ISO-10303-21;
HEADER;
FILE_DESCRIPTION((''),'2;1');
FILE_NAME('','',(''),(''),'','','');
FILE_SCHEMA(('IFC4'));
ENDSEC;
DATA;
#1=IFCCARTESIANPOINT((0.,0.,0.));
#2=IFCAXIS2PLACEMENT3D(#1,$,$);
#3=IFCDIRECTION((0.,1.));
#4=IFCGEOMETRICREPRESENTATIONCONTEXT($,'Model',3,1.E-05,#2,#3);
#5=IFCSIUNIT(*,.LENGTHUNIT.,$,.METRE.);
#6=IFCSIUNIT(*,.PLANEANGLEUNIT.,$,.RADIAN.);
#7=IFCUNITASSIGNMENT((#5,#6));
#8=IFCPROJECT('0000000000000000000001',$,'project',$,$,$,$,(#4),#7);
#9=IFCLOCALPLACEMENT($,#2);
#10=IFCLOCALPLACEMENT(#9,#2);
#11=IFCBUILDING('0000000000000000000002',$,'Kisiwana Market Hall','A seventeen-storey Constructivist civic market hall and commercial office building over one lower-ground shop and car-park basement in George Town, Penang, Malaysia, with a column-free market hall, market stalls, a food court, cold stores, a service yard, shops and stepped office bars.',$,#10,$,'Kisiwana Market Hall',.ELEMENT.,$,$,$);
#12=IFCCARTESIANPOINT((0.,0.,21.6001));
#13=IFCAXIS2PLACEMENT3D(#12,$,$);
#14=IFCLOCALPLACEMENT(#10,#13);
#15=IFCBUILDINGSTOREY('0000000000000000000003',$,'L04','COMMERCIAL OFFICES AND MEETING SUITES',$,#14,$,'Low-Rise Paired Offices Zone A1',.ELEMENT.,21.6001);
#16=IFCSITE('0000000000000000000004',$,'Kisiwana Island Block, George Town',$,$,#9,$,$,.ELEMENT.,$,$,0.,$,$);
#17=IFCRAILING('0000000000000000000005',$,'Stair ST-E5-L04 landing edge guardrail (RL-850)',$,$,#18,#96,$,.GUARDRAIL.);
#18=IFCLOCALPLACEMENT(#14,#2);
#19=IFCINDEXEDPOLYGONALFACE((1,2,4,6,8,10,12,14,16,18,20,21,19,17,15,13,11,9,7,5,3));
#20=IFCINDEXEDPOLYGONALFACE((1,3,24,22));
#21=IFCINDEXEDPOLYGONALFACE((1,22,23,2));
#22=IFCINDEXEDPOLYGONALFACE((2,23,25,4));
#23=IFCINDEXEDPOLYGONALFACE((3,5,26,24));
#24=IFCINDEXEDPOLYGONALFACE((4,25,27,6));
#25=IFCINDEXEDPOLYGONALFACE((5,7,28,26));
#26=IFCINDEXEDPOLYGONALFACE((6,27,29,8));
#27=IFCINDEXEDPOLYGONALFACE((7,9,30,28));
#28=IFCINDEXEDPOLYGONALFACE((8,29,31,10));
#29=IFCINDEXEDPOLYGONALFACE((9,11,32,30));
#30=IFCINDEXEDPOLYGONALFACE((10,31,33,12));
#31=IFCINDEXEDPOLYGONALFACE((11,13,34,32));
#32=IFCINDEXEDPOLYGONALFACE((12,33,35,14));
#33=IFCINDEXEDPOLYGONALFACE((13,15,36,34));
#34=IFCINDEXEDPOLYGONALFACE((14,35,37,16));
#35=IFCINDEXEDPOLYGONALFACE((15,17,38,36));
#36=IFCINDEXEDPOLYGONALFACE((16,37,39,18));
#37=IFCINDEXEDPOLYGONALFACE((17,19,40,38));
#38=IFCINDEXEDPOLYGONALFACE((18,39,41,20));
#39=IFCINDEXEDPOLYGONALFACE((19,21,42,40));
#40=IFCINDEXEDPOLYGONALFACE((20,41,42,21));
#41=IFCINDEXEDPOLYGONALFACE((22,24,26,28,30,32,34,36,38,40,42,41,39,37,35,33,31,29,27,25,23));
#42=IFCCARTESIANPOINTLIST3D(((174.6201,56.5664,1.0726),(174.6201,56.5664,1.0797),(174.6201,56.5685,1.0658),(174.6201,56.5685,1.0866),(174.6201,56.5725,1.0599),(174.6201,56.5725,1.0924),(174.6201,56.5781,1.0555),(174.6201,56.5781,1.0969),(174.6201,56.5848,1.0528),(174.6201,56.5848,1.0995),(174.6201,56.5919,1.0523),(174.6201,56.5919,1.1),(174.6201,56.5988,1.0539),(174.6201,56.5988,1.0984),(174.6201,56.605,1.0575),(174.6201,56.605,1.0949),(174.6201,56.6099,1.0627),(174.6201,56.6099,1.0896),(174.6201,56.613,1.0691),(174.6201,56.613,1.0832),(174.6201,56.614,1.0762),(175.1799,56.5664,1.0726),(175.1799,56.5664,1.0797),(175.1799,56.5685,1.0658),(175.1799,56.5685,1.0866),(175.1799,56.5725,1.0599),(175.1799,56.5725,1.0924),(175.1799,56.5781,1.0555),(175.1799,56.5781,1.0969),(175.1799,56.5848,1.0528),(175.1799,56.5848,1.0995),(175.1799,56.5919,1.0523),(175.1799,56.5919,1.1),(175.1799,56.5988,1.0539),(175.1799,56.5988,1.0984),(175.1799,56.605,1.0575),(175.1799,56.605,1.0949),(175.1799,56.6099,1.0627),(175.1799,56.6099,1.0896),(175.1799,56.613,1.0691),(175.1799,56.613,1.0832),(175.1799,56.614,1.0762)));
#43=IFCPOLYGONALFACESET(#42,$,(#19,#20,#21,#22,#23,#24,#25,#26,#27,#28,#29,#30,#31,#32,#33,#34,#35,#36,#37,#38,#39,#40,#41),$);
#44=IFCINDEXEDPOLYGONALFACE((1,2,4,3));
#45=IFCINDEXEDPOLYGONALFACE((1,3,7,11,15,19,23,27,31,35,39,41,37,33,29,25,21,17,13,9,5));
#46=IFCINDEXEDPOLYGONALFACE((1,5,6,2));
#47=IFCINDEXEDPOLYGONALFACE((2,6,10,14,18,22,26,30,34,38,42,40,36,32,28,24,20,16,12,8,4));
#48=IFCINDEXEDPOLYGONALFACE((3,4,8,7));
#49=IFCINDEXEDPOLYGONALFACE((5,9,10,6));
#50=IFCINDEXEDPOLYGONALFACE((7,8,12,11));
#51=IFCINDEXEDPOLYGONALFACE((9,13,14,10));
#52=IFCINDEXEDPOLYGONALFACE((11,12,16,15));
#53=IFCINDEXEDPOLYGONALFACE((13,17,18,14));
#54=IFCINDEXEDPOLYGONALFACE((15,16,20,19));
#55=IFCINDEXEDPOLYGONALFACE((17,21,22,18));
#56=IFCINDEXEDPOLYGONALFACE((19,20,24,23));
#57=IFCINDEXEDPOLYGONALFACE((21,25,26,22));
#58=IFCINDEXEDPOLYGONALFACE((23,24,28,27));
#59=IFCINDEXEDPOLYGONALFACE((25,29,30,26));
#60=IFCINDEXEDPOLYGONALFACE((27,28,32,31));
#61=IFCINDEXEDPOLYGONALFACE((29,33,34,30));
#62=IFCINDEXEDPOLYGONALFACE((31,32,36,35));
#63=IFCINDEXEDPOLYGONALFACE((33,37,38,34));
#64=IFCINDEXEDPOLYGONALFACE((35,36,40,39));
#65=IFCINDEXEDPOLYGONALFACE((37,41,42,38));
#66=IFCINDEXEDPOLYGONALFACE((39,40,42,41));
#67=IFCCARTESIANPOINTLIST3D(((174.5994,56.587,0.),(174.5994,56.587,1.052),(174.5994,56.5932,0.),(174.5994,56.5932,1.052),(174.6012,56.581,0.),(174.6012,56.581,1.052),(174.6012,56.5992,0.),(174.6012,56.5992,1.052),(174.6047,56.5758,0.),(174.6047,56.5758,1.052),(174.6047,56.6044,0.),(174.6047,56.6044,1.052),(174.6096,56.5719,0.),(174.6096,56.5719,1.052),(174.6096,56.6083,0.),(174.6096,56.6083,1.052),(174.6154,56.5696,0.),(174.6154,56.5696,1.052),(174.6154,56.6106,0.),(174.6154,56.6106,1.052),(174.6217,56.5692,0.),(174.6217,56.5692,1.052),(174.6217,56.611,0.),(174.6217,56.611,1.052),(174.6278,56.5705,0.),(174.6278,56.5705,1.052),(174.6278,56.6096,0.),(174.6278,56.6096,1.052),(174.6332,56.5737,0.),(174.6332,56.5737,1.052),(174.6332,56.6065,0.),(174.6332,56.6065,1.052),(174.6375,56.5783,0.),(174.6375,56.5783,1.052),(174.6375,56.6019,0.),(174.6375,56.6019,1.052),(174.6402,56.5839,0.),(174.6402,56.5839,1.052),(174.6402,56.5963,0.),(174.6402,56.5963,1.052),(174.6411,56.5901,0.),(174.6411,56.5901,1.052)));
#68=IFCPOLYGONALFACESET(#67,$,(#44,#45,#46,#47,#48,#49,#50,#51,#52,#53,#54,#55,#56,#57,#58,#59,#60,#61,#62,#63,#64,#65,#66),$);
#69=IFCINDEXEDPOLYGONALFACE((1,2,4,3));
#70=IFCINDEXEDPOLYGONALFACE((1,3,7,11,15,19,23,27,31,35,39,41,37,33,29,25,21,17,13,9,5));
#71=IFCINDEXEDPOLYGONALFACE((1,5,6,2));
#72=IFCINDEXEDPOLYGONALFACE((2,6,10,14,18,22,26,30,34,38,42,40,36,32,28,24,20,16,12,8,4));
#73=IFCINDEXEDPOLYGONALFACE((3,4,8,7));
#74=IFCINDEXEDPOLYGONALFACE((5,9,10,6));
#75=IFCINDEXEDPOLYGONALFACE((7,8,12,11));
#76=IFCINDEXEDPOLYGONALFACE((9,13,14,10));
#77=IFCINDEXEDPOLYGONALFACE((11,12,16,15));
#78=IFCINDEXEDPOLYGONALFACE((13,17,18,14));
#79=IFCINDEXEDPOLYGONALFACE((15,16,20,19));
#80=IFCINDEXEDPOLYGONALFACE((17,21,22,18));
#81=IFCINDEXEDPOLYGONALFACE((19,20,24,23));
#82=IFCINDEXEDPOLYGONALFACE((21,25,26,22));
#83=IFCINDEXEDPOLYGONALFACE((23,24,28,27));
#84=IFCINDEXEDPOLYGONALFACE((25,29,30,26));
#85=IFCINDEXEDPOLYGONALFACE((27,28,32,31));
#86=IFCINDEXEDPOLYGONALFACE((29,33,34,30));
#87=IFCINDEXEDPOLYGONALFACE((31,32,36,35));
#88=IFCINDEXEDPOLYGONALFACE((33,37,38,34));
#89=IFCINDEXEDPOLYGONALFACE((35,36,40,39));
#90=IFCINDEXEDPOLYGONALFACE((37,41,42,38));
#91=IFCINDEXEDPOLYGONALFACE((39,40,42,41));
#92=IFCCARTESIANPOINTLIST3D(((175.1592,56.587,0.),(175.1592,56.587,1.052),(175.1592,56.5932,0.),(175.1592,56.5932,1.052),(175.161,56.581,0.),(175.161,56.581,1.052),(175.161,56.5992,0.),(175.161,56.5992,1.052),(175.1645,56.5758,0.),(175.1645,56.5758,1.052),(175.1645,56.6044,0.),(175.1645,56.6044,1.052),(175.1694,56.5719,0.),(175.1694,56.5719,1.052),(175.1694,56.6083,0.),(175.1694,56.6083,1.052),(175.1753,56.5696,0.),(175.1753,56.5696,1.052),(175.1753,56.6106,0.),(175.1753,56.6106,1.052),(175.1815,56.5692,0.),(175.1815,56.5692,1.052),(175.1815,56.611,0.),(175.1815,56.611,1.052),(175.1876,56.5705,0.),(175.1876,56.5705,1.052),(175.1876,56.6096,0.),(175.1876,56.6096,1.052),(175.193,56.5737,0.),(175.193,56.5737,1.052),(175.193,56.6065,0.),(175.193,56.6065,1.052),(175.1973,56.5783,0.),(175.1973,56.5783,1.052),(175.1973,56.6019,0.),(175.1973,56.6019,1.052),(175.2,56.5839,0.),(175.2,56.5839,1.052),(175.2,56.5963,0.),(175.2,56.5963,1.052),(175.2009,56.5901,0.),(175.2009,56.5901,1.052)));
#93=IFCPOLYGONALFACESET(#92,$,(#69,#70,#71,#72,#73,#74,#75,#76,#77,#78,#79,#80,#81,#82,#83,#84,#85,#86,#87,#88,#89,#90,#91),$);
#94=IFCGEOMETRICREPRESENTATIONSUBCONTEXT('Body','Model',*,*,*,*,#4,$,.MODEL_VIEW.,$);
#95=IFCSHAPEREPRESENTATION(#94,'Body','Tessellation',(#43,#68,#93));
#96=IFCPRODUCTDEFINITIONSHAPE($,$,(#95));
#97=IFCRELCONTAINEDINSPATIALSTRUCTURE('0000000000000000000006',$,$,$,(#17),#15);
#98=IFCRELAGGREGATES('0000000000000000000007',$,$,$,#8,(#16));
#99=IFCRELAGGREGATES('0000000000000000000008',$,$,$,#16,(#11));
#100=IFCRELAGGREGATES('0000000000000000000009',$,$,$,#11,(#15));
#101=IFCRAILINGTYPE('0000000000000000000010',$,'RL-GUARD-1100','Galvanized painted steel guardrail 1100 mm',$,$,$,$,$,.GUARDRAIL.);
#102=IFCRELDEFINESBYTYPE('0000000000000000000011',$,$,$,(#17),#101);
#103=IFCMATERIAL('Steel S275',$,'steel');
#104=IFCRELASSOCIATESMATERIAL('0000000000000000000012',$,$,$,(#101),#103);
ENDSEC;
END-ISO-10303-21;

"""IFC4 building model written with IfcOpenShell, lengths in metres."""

from ifc_helpers import new_model, si_unit, direction, frame, origin, origin_2d, place, context, subcontext, project, spatial, circle, extrude, material, type_object, element, save


model = new_model("IFC4")

# Units and contexts
model_context = context("Model", 3, precision=1e-05, world=origin(), true_north=direction((0.0, 1.0)))
body_context = subcontext(model_context, "Body", "Model", "MODEL_VIEW")
ifc_project = project(units=[si_unit("LENGTHUNIT", "METRE"), si_unit("PLANEANGLEUNIT", "RADIAN")], contexts=[model_context])

# Site, building, storey
site_placement = place(None, origin())
site = spatial("IfcSite", under=ifc_project, at=site_placement, Name="Kisiwana Island Block, George Town", CompositionType="ELEMENT", RefElevation=0.0)
building_placement = place(site_placement, origin())
building = spatial("IfcBuilding", under=site, at=building_placement, Name="Kisiwana Market Hall", Description="A seventeen-storey Constructivist civic market hall and commercial office building over one lower-ground shop and car-park basement in George Town, Penang, Malaysia, with a column-free market hall, market stalls, a food court, cold stores, a service yard, shops and stepped office bars.", LongName="Kisiwana Market Hall", CompositionType="ELEMENT")
storey_placement = place(building_placement, frame((0.0, 0.0, 21.6001)))
storey = spatial("IfcBuildingStorey", under=building, at=storey_placement, Name="L04", Description="COMMERCIAL OFFICES AND MEETING SUITES", LongName="Low-Rise Paired Offices Zone A1", CompositionType="ELEMENT", Elevation=21.6001)

# Railing
ifc_material_1 = material(Name="Steel S275", Category="steel")
railing_type_1 = type_object("IfcRailingType", Name="RL-GUARD-1100", Description="Galvanized painted steel guardrail 1100 mm", PredefinedType="GUARDRAIL", material=ifc_material_1)
railing_1_placement = place(storey_placement, frame((174.6201, 56.5901, 0.0)))
element("IfcRailing", 1, at=railing_1_placement, inside=storey, type_object=railing_type_1, Name="Stair ST-E5-L04 landing edge guardrail (RL-850)", PredefinedType="GUARDRAIL", context=body_context, shape_type="SweptSolid", body=[
    extrude(circle(Radius=0.0239, at=origin_2d()), frame((0.0, 0.0, 1.0762), z_axis=(1.0, 0.0, 0.0), x_axis=(0.0, 1.0, 0.0)), (0.0, 0.0, 1.0), 0.5598),
    extrude(circle(Radius=0.021, at=origin_2d()), origin(), (0.0, 0.0, 1.0), 1.052),
    extrude(circle(Radius=0.021, at=origin_2d()), frame((0.5598, 0.0, 0.0)), (0.0, 0.0, 1.0), 1.052),
])

save(model, "model.ifc")
